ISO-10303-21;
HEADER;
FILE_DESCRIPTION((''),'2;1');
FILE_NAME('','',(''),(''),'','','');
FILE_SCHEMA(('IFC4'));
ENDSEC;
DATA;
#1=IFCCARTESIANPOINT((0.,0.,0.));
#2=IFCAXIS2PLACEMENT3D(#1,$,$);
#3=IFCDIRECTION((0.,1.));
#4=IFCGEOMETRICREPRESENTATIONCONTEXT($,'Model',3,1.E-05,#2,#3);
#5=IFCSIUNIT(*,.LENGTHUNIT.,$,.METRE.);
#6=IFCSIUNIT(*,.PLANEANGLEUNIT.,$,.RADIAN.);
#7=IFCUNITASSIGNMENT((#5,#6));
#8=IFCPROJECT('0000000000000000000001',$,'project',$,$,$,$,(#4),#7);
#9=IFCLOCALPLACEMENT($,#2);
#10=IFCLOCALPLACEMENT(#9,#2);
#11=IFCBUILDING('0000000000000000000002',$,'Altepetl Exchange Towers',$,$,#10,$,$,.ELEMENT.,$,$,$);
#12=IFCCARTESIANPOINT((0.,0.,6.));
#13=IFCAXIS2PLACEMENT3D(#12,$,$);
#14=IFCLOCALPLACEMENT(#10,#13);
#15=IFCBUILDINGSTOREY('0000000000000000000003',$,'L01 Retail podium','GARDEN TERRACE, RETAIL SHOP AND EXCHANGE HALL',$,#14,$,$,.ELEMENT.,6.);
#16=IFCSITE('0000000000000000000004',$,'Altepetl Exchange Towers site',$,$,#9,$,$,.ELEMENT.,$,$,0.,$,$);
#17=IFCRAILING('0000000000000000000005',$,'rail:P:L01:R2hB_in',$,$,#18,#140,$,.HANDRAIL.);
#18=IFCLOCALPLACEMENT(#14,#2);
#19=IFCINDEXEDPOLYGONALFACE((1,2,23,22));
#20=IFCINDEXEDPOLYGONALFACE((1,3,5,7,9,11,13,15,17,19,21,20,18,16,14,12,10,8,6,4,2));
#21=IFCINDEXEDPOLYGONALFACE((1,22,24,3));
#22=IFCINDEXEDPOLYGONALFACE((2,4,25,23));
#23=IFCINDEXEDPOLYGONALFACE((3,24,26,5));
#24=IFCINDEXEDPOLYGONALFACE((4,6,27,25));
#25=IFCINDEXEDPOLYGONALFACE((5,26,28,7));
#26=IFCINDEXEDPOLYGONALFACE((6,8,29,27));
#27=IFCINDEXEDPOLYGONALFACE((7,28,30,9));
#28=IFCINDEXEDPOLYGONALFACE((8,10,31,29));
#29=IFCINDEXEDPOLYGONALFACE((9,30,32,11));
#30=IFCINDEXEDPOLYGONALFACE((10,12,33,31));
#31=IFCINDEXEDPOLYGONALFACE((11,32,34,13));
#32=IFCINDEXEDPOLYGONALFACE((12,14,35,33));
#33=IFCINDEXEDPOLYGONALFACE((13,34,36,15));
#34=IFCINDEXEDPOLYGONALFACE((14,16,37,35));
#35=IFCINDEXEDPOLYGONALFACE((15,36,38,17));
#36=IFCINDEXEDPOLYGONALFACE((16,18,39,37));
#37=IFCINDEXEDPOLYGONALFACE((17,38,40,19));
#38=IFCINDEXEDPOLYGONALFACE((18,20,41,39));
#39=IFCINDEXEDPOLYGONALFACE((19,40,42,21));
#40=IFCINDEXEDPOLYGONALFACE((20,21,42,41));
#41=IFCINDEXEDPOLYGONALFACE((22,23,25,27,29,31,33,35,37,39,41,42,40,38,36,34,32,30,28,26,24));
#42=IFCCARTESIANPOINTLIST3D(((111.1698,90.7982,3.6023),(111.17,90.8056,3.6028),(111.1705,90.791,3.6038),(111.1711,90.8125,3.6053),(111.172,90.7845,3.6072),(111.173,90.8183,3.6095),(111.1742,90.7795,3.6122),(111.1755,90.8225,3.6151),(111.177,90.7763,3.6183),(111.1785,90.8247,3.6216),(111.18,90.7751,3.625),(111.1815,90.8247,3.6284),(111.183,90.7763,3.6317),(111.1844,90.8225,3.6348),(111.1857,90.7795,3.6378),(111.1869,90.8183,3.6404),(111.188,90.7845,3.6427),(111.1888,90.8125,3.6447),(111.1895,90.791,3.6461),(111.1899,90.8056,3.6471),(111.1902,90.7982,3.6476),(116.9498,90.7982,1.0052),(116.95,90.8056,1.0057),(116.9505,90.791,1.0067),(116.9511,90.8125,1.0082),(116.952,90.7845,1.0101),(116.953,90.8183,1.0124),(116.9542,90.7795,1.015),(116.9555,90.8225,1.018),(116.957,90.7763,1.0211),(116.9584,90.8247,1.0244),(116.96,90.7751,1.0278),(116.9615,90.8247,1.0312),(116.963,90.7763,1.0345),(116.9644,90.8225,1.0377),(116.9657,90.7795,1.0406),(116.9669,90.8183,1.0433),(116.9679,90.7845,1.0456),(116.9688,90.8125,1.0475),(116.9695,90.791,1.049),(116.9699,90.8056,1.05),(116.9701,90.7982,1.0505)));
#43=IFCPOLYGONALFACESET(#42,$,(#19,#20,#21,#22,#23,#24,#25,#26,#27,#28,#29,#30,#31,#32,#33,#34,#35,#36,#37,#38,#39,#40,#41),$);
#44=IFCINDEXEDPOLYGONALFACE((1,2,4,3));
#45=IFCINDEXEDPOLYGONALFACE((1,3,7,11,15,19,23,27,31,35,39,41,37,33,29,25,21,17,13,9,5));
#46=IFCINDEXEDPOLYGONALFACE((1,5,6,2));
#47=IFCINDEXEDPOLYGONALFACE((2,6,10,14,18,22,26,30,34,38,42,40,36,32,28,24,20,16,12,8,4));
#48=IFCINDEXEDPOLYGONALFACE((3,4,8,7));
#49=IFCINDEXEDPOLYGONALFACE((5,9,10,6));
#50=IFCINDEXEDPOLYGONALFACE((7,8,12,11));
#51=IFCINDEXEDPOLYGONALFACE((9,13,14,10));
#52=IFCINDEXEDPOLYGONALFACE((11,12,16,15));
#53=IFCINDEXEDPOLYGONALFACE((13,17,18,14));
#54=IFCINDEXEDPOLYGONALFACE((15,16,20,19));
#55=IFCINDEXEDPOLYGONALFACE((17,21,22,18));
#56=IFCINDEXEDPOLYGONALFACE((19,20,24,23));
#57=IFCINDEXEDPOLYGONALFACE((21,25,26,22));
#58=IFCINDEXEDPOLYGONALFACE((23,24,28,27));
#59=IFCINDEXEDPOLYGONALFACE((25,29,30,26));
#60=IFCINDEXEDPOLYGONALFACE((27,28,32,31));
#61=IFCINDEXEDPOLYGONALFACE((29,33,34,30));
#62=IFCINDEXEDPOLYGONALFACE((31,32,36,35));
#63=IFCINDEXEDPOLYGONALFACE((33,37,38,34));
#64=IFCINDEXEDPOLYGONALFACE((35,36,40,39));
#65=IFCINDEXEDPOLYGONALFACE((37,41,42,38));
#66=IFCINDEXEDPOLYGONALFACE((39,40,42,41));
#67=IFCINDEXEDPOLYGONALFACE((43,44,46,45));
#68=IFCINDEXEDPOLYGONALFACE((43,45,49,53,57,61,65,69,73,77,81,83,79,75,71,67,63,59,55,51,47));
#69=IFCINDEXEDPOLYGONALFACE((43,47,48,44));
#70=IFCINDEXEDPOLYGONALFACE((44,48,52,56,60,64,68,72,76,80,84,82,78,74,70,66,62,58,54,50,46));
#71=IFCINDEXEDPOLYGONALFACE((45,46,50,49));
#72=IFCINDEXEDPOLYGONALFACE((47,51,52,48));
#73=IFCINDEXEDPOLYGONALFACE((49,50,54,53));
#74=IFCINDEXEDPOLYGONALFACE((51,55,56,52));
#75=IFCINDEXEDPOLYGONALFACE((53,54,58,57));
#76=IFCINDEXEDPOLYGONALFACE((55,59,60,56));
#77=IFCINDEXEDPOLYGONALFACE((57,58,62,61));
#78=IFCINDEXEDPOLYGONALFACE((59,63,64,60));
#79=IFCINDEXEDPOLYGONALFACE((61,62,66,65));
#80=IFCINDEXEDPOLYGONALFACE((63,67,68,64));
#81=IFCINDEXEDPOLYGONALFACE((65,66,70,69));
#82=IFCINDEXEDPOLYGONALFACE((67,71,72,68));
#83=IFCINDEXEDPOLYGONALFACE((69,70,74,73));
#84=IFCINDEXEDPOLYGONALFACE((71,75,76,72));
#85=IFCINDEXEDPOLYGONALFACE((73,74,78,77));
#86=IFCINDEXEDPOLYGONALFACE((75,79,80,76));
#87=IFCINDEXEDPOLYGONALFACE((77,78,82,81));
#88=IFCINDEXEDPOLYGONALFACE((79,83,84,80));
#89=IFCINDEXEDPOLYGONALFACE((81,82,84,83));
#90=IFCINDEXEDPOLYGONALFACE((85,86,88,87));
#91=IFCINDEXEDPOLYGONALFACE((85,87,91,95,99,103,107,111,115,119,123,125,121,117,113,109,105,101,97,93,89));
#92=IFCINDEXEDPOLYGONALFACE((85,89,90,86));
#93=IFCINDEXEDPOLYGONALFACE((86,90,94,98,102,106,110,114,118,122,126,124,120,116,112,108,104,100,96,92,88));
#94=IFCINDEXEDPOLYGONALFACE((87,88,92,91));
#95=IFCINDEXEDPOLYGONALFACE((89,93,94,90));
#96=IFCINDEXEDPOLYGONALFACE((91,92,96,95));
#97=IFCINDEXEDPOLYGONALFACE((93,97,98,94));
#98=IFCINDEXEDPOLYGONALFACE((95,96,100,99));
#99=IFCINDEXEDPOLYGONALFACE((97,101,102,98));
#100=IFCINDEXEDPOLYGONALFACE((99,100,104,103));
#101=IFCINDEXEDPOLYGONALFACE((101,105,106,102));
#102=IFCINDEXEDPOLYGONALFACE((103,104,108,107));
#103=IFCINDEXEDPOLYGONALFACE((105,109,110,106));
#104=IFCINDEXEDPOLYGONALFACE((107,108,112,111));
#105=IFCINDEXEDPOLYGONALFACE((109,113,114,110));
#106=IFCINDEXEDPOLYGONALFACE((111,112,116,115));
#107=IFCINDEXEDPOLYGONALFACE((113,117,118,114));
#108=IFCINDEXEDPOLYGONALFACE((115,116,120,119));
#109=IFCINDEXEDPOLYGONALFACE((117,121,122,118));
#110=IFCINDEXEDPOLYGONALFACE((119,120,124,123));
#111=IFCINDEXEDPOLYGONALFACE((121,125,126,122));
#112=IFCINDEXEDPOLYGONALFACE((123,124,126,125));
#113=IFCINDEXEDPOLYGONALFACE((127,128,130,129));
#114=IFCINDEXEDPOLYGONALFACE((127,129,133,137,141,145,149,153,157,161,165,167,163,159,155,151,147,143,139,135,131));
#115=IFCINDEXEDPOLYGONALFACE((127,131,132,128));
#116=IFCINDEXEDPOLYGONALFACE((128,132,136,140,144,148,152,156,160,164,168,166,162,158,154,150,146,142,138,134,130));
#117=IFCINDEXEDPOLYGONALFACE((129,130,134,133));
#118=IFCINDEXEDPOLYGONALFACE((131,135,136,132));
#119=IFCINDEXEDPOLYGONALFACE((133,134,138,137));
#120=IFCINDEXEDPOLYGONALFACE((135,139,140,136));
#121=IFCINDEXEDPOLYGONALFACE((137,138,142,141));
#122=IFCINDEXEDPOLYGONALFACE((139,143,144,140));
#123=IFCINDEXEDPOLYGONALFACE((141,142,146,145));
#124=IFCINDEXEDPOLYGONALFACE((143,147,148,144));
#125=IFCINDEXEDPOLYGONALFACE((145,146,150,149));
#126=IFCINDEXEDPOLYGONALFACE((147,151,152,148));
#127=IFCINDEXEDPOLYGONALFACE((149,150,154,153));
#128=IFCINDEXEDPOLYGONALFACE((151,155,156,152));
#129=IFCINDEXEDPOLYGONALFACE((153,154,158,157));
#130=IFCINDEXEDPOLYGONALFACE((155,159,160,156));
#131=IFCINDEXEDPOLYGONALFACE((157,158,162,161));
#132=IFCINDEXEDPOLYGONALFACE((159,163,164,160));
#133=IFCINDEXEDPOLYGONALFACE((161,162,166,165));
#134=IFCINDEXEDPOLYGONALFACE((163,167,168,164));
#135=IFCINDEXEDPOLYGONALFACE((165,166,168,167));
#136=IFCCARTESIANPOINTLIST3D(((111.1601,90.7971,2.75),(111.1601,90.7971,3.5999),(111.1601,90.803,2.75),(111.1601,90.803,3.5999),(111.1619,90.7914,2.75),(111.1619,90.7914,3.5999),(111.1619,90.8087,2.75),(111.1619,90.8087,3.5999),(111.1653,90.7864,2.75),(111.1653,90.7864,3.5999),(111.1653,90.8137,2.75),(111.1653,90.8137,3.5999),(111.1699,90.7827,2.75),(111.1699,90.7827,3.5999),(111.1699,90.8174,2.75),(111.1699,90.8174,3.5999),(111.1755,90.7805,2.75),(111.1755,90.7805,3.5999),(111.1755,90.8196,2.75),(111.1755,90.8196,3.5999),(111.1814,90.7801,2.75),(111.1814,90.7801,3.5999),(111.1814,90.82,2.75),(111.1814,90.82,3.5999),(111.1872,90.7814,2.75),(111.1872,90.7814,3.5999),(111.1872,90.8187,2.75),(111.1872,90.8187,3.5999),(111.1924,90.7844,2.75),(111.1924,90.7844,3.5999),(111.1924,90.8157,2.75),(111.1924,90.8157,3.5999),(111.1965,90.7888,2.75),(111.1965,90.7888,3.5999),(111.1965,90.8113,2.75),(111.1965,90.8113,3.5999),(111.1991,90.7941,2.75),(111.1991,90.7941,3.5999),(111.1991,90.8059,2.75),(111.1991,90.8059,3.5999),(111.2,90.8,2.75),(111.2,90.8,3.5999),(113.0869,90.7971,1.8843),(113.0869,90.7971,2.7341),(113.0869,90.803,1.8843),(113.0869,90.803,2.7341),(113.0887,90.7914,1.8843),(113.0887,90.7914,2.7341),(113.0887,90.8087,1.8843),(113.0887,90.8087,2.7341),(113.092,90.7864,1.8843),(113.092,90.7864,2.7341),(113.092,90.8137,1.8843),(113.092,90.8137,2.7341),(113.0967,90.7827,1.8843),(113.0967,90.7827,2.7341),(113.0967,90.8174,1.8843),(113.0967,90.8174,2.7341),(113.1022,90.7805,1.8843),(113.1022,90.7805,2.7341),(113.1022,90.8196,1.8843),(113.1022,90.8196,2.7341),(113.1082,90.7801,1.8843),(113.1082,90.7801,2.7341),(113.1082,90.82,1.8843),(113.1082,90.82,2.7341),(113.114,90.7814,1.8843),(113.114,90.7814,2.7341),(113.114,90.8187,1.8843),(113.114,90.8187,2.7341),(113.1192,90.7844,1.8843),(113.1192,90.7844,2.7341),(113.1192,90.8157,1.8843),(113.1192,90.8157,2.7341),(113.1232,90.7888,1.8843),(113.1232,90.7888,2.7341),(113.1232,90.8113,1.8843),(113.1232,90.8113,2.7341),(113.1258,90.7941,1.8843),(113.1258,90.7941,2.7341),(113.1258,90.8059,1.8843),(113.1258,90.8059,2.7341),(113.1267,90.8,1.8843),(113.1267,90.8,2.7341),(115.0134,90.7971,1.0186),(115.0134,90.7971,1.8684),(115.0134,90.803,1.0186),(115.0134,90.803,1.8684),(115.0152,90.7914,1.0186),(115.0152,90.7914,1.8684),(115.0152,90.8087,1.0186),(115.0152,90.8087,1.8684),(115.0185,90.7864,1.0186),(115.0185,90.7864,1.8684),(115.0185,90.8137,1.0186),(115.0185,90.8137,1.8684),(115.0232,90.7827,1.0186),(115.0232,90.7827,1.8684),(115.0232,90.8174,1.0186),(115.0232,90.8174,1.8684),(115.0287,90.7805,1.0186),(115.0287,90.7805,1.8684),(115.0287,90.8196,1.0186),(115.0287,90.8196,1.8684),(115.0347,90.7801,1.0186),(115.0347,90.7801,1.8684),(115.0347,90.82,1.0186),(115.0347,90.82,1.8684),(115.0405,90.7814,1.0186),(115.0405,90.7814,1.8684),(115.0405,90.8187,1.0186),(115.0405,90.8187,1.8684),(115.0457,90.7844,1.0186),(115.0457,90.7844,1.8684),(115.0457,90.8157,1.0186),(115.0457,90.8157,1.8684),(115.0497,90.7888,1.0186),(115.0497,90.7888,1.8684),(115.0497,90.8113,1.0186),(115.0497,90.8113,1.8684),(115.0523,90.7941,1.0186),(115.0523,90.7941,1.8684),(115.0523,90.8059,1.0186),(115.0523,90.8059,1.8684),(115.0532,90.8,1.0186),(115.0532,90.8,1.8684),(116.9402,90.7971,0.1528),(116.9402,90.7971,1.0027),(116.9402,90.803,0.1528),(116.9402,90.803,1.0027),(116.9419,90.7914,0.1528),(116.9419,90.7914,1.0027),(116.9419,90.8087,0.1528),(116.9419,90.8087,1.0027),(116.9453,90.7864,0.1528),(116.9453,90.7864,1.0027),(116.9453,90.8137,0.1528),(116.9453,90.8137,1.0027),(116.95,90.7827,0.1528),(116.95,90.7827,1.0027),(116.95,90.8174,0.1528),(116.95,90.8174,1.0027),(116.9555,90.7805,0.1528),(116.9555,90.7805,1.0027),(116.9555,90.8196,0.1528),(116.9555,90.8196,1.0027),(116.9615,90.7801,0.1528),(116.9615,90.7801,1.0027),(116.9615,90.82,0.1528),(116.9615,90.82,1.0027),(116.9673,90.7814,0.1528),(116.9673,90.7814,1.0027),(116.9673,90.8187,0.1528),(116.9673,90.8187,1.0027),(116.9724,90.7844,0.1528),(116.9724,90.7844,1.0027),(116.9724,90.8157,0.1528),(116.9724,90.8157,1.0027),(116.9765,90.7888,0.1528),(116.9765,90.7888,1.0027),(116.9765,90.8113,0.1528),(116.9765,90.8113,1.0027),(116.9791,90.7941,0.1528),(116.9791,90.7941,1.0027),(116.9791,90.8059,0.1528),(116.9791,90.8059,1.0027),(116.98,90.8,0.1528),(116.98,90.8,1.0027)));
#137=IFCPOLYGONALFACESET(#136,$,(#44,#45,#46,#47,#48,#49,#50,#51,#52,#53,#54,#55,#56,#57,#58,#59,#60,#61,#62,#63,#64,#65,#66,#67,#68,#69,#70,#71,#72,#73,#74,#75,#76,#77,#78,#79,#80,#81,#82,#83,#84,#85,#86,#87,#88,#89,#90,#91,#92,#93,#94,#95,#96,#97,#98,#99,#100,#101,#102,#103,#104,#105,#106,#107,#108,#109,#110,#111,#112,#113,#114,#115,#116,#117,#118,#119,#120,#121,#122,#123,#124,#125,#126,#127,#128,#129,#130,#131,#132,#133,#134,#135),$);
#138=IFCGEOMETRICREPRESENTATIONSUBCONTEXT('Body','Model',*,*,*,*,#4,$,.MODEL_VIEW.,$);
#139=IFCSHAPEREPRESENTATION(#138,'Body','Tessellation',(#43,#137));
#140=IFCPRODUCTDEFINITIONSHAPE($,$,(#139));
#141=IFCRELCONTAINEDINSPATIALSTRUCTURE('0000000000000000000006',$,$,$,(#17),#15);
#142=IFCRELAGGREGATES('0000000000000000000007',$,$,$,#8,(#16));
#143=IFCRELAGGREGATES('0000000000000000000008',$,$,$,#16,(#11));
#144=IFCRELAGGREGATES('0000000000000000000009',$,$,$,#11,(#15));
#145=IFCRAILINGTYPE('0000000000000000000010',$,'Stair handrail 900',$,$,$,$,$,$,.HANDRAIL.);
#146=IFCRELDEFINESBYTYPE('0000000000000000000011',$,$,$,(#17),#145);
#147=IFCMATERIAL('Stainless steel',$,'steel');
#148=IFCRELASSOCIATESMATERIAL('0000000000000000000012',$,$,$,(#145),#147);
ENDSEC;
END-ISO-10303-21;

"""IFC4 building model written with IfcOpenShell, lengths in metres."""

from ifc_helpers import new_model, si_unit, direction, frame, origin, origin_2d, place, context, subcontext, project, spatial, circle, extrude, source, transform, mapped, material, type_object, element, save


model = new_model("IFC4")

# Units and contexts
model_context = context("Model", 3, precision=1e-05, world=origin(), true_north=direction((0.0, 1.0)))
body_context = subcontext(model_context, "Body", "Model", "MODEL_VIEW")
ifc_project = project(units=[si_unit("LENGTHUNIT", "METRE"), si_unit("PLANEANGLEUNIT", "RADIAN")], contexts=[model_context])

# Site, building, storey
site_placement = place(None, origin())
site = spatial("IfcSite", under=ifc_project, at=site_placement, Name="Altepetl Exchange Towers site", CompositionType="ELEMENT", RefElevation=0.0)
building_placement = place(site_placement, origin())
building = spatial("IfcBuilding", under=site, at=building_placement, Name="Altepetl Exchange Towers", CompositionType="ELEMENT")
storey_placement = place(building_placement, frame((0.0, 0.0, 6.0)))
storey = spatial("IfcBuildingStorey", under=building, at=storey_placement, Name="L01 Retail podium", Description="GARDEN TERRACE, RETAIL SHOP AND EXCHANGE HALL", CompositionType="ELEMENT", Elevation=6.0)

# Railing
ifc_material_1 = material(Name="Stainless steel", Category="steel")
railing_type_1 = type_object("IfcRailingType", Name="Stair handrail 900", PredefinedType="HANDRAIL", material=ifc_material_1)
shared_shape_1 = source(origin(), body_context, "Body", "SweptSolid", [
    extrude(circle(Radius=0.02, at=origin_2d()), origin(), (0.0, 0.0, 1.0), 0.8499),
])
for number, where, name in (
    (1, (116.96, 90.8, 0.1528), "rail:P:L01:R2hB_in"),
):
    element("IfcRailing", number, at=place(storey_placement, frame(where)), inside=storey, type_object=railing_type_1, Name=name, PredefinedType="HANDRAIL", context=body_context, shape_type="SweptSolid", body=[
        extrude(circle(Radius=0.0249, at=origin_2d()), frame((0.0, 0.0, 0.875), z_axis=(-0.912148, 0.0, 0.40986), x_axis=(0.0, -1.0, 0.0)), (0.0, 0.0, 1.0), 6.3367),
        mapped(shared_shape_1, transform((0.0, 0.0, 0.0))),
        mapped(shared_shape_1, transform((-1.9268, 0.0, 0.8657))),
        mapped(shared_shape_1, transform((-3.8533, 0.0, 1.7314))),
        mapped(shared_shape_1, transform((-5.78, 0.0, 2.5972))),
    ])

save(model, "model.ifc")
